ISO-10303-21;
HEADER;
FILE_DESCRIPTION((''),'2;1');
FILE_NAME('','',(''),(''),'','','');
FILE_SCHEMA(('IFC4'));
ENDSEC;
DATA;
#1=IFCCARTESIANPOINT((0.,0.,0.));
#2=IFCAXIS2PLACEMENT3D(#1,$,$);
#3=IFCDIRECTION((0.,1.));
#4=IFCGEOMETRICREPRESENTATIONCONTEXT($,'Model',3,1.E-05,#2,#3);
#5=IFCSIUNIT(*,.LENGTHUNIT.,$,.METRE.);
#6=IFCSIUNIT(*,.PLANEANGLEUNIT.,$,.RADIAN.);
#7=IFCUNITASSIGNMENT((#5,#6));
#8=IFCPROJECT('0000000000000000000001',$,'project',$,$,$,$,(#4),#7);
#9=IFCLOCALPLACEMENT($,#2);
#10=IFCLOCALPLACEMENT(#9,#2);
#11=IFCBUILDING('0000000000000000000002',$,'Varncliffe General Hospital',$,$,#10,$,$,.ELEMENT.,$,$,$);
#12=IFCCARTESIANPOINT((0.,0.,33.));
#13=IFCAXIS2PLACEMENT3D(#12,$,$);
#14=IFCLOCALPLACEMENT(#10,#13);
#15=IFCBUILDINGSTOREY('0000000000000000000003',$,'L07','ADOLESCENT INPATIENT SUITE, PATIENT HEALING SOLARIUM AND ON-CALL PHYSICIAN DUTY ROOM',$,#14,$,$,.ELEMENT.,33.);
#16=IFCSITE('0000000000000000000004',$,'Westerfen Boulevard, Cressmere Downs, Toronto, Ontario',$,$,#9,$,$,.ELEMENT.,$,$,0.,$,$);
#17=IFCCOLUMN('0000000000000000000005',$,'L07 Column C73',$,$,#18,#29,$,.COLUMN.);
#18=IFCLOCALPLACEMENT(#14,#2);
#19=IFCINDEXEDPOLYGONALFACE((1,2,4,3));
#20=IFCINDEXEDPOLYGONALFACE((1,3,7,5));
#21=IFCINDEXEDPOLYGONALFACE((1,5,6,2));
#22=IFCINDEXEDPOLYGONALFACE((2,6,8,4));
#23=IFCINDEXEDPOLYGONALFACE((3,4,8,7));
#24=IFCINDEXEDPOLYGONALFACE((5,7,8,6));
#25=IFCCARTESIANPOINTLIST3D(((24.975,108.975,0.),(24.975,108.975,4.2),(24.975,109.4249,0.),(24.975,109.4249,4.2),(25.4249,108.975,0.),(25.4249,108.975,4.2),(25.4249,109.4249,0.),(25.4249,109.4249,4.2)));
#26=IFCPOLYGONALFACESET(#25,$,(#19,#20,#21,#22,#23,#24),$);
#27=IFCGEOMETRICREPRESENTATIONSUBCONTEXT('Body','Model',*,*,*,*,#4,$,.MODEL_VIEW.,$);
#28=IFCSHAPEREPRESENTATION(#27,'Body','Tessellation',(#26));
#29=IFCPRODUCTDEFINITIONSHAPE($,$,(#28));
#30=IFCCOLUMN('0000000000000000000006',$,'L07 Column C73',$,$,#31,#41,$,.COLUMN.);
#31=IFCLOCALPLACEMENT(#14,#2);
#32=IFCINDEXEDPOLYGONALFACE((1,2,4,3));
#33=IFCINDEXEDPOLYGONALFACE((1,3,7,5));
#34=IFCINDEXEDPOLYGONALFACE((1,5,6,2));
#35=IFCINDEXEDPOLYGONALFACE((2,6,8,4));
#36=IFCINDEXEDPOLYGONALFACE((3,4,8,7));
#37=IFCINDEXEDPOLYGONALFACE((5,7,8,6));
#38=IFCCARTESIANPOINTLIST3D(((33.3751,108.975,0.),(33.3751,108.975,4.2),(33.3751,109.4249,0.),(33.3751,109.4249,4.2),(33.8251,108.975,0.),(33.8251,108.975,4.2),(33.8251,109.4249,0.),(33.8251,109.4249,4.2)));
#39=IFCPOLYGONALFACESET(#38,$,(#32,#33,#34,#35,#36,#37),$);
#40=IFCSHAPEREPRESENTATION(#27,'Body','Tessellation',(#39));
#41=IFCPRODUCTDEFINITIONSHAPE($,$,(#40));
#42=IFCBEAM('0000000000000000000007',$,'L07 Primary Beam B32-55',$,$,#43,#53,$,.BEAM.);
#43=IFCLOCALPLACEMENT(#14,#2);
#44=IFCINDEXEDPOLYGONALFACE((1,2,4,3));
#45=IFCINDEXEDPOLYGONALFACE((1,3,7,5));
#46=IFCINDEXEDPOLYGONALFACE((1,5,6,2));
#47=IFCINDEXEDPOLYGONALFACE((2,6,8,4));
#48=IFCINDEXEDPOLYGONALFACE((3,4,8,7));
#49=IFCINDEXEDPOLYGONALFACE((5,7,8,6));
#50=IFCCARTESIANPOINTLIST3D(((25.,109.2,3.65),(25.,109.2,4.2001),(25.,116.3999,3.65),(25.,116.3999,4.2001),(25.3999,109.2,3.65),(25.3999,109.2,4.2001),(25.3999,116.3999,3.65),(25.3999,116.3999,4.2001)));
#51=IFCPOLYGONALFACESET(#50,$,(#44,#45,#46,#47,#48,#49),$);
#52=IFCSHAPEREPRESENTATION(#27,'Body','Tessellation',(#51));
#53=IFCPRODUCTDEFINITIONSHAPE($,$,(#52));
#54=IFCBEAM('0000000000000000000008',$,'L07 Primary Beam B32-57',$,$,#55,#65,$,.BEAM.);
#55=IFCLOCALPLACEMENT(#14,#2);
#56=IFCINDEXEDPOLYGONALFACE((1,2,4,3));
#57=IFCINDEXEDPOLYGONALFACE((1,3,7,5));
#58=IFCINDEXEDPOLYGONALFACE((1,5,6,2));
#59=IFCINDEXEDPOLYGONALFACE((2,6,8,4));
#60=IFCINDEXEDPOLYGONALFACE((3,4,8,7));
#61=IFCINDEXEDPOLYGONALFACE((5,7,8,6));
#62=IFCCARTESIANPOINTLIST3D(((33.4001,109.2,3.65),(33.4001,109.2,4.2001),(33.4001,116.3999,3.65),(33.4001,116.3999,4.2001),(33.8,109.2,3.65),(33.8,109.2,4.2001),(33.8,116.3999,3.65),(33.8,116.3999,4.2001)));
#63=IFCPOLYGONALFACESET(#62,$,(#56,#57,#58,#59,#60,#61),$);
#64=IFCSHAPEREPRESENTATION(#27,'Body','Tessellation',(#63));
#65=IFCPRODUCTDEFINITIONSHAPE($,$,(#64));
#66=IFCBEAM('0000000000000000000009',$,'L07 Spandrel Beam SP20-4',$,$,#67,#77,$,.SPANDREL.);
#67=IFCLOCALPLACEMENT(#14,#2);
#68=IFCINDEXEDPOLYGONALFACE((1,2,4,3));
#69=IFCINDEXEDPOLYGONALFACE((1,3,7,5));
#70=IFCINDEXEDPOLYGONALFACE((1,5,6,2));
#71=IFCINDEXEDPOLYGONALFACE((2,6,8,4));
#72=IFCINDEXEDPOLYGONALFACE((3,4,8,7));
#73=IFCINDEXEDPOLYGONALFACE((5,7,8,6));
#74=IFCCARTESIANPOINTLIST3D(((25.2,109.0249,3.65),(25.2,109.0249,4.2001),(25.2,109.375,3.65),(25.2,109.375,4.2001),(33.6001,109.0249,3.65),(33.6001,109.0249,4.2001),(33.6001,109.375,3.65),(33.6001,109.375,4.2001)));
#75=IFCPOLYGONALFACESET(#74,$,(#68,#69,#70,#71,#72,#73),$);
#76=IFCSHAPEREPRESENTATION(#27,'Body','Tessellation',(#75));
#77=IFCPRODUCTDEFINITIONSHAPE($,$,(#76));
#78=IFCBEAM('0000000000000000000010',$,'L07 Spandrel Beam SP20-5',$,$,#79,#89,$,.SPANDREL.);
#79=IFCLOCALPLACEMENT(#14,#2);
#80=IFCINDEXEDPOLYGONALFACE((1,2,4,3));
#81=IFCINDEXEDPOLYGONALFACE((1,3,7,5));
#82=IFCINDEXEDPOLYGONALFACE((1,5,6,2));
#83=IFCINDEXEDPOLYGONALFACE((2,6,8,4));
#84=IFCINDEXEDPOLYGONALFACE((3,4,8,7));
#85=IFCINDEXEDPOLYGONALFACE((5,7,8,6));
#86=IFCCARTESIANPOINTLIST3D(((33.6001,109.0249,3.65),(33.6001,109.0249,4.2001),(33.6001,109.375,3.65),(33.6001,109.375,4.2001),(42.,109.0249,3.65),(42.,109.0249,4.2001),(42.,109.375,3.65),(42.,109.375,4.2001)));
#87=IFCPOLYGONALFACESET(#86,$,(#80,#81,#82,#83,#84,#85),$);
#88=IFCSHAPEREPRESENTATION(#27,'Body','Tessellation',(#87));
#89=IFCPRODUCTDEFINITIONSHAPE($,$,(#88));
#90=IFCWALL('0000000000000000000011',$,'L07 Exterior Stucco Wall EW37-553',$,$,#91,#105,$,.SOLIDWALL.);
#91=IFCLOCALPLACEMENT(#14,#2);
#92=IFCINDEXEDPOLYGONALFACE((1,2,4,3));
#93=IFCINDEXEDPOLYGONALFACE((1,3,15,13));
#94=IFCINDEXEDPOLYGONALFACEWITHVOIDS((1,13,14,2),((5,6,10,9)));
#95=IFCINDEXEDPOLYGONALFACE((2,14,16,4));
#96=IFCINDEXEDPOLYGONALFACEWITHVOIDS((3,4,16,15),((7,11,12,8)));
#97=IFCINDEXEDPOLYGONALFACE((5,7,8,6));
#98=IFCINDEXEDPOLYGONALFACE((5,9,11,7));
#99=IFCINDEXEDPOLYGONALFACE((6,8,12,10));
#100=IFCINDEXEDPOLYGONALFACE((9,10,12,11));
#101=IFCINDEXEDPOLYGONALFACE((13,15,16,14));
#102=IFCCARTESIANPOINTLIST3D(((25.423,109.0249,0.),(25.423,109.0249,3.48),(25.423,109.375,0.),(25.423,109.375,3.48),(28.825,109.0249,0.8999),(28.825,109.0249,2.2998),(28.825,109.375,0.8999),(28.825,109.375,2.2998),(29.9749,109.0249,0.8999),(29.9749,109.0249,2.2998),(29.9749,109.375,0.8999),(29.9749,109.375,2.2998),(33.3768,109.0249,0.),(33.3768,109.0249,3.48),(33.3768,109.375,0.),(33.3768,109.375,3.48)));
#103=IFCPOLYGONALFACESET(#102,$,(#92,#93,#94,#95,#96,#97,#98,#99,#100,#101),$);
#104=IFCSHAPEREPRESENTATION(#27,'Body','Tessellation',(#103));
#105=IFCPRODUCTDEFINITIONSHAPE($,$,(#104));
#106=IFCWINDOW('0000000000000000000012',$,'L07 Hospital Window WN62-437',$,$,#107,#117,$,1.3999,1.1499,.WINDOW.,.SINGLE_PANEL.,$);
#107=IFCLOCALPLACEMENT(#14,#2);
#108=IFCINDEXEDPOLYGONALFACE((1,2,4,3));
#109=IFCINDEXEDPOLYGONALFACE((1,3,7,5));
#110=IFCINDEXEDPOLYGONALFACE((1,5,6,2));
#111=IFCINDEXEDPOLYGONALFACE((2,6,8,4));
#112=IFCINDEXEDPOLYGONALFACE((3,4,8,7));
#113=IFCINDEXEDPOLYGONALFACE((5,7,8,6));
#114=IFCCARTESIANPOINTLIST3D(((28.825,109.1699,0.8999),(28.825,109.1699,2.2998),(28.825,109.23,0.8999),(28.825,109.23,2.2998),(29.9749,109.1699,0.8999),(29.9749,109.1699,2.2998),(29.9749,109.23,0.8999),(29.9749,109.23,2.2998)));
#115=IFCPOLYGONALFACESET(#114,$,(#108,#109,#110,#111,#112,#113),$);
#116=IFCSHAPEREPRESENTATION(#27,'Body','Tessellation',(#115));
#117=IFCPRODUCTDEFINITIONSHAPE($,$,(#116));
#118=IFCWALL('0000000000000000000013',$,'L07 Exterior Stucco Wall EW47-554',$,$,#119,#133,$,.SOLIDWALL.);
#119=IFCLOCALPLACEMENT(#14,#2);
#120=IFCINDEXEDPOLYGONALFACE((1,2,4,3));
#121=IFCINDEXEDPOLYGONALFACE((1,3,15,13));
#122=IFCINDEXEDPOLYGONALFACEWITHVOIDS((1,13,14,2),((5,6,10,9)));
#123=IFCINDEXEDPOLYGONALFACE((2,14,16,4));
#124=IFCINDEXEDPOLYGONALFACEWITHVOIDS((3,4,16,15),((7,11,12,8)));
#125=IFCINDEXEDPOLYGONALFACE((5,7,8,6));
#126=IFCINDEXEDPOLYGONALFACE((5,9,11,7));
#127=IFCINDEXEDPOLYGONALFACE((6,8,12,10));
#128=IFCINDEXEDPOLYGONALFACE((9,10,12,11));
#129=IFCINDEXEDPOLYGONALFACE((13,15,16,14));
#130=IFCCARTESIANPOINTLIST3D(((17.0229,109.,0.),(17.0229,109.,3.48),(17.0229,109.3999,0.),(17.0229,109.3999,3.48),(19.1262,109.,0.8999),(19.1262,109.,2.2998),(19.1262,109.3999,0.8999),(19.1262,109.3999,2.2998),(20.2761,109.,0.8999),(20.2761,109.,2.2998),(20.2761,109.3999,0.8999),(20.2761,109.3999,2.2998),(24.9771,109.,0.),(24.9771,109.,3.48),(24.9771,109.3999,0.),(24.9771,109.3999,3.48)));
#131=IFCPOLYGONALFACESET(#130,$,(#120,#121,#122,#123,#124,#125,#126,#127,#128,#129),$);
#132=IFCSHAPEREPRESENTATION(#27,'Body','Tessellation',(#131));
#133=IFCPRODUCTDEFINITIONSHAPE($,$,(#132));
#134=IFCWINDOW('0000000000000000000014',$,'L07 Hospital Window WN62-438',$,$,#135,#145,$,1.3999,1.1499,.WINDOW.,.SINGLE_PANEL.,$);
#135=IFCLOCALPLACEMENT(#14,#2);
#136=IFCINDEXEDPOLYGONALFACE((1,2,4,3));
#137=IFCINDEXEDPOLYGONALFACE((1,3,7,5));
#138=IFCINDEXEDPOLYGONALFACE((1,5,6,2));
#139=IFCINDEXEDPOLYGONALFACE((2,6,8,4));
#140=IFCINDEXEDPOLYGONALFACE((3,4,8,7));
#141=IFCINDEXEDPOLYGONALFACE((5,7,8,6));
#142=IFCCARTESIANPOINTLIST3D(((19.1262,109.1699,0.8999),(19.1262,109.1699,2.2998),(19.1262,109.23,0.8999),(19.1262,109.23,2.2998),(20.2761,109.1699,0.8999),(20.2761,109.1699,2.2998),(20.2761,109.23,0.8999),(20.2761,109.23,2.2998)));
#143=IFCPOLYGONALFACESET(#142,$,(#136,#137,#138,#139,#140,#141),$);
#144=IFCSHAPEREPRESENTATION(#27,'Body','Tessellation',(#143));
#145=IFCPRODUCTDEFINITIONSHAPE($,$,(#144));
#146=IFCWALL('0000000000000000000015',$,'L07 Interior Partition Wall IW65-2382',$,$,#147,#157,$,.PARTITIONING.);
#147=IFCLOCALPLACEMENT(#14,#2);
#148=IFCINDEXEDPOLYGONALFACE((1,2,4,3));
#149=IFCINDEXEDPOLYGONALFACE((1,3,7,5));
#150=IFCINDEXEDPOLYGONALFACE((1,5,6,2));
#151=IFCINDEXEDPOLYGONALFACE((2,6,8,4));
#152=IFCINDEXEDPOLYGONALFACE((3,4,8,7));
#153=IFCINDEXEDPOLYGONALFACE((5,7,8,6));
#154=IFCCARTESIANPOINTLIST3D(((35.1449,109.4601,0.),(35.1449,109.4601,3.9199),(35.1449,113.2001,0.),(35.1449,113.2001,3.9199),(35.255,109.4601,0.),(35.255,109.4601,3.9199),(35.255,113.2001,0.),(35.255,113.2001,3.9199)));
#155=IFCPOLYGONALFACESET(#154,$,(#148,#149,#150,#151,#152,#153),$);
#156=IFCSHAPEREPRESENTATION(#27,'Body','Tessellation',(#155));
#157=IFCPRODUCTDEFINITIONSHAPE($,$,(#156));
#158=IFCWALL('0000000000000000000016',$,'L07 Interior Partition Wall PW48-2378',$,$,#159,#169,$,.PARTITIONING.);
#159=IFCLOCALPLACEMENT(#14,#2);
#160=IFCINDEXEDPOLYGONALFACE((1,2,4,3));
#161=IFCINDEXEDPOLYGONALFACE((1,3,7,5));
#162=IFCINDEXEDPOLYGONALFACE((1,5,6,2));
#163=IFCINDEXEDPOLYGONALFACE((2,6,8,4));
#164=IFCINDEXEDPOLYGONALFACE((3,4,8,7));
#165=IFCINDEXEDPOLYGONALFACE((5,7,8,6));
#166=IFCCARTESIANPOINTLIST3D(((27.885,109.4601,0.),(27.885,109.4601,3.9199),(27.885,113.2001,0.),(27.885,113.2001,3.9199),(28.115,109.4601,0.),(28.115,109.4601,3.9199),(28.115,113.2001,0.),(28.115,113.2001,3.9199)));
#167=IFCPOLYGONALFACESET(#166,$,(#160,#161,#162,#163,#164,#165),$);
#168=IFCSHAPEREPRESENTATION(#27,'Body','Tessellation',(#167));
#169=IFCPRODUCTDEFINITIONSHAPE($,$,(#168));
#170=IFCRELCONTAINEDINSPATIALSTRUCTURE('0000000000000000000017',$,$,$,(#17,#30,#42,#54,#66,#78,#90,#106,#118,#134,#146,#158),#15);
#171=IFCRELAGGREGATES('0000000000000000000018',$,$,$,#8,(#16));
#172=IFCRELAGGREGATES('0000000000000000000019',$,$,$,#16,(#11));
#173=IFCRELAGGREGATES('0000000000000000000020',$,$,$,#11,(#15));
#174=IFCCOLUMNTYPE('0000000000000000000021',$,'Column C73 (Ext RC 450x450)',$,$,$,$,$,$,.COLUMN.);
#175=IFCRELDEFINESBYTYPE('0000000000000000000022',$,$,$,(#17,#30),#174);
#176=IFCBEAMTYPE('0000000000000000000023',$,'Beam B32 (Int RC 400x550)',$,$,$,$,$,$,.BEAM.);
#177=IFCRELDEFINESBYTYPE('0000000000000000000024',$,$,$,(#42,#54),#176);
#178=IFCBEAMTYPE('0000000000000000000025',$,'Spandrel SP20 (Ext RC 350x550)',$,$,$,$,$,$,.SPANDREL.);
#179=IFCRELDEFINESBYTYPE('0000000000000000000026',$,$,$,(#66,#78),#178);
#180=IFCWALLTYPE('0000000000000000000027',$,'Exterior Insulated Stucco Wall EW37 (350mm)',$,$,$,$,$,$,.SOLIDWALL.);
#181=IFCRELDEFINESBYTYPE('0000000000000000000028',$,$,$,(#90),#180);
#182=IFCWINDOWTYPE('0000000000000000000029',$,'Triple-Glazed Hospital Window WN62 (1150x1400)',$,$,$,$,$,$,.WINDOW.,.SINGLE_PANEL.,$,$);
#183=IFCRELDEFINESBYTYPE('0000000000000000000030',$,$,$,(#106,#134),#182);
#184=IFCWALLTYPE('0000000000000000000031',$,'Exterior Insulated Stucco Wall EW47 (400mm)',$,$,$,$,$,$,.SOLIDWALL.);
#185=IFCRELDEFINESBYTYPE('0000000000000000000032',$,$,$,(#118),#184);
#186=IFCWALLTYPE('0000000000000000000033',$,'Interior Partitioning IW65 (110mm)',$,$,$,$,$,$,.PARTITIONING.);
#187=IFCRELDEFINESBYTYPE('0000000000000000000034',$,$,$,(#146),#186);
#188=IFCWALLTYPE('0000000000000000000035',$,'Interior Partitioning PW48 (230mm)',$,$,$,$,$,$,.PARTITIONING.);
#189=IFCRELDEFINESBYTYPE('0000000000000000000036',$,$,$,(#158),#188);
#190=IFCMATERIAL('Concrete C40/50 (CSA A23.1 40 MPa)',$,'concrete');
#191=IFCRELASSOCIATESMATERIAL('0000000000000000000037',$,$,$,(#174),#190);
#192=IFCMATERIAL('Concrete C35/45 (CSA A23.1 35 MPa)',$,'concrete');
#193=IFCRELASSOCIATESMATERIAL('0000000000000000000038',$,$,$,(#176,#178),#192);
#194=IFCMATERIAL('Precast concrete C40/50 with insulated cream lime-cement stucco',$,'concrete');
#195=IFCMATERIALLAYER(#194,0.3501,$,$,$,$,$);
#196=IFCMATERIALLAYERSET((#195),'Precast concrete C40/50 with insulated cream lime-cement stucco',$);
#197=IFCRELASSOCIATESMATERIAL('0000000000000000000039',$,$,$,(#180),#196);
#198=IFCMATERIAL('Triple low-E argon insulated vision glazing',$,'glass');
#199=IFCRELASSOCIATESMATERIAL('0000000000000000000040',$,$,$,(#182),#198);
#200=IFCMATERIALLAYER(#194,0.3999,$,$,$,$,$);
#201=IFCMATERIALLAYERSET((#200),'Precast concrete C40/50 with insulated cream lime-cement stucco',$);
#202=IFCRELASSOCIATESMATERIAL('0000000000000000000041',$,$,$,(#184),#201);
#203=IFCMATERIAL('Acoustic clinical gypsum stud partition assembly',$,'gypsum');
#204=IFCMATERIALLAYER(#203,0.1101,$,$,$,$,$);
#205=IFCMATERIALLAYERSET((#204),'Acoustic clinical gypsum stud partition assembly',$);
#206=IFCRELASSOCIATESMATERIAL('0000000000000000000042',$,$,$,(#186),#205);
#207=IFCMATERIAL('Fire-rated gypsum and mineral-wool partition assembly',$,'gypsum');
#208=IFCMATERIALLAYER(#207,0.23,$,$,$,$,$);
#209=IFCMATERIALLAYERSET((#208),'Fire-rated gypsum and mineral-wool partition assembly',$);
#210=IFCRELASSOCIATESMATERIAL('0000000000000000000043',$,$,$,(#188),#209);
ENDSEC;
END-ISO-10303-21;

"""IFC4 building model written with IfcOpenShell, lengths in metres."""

from ifc_helpers import new_model, si_unit, direction, frame, frame_2d, origin, origin_2d, place, context, subcontext, project, spatial, rectangle, extrude, material, layer, layer_set, material_profile, profile_set, type_object, element, fill, save


model = new_model("IFC4")

# Units and contexts
model_context = context("Model", 3, precision=1e-05, world=origin(), true_north=direction((0.0, 1.0)))
body_context = subcontext(model_context, "Body", "Model", "MODEL_VIEW")
ifc_project = project(units=[si_unit("LENGTHUNIT", "METRE"), si_unit("PLANEANGLEUNIT", "RADIAN")], contexts=[model_context])

# Site, building, storey
site_placement = place(None, origin())
site = spatial("IfcSite", under=ifc_project, at=site_placement, Name="Westerfen Boulevard, Cressmere Downs, Toronto, Ontario", CompositionType="ELEMENT", RefElevation=0.0)
building_placement = place(site_placement, origin())
building = spatial("IfcBuilding", under=site, at=building_placement, Name="Varncliffe General Hospital", CompositionType="ELEMENT")
storey_placement = place(building_placement, frame((0.0, 0.0, 33.0)))
storey = spatial("IfcBuildingStorey", under=building, at=storey_placement, Name="L07", Description="ADOLESCENT INPATIENT SUITE, PATIENT HEALING SOLARIUM AND ON-CALL PHYSICIAN DUTY ROOM", CompositionType="ELEMENT", Elevation=33.0)

# Columns
ifc_material_1 = material(Name="Concrete C40/50 (CSA A23.1 40 MPa)", Category="concrete")
ifc_material_profile_1 = material_profile(ifc_material_1, rectangle(XDim=0.45, YDim=0.45, at=origin_2d()), Name="RC 450x450")
ifc_profile_set_1 = profile_set([ifc_material_profile_1], Name="Concrete C40/50 (CSA A23.1 40 MPa)")
column_type = type_object("IfcColumnType", Name="Column C73 (Ext RC 450x450)", PredefinedType="COLUMN", material=ifc_profile_set_1)
for number, where, z_axis, x_axis, name in (
    (1, (25.2, 109.2, 0.0), (0.0, 0.0, 1.0), (1.0, 0.0, 0.0), "L07 Column C73"),
    (2, (33.6001, 109.2, 0.0), (0.0, 0.0, 1.0), (1.0, 0.0, 0.0), "L07 Column C73"),
):
    element("IfcColumn", number, at=place(storey_placement, frame(where, z_axis=z_axis, x_axis=x_axis)), inside=storey, type_object=column_type, Name=name, PredefinedType="COLUMN", context=body_context, shape_type="SweptSolid", body=[
        extrude(rectangle(XDim=0.45, YDim=0.45, at=origin_2d()), origin(), (0.0, 0.0, 1.0), 4.2),
    ])

# Beams
ifc_material_2 = material(Name="Concrete C35/45 (CSA A23.1 35 MPa)", Category="concrete")
ifc_material_profile_2 = material_profile(ifc_material_2, rectangle(XDim=0.3999, YDim=0.55, at=origin_2d()), Name="RC 400x550")
ifc_profile_set_2 = profile_set([ifc_material_profile_2], Name="Concrete C35/45 (CSA A23.1 35 MPa)")
beam_type_1 = type_object("IfcBeamType", Name="Beam B32 (Int RC 400x550)", PredefinedType="BEAM", material=ifc_profile_set_2)
for number, where, z_axis, x_axis, name in (
    (3, (25.2, 109.2, 3.925), (0.0, 1.0, 0.0), (-1.0, 0.0, 0.0), "L07 Primary Beam B32-55"),
    (4, (33.6001, 109.2, 3.925), (0.0, 1.0, 0.0), (-1.0, 0.0, 0.0), "L07 Primary Beam B32-57"),
):
    element("IfcBeam", number, at=place(storey_placement, frame(where, z_axis=z_axis, x_axis=x_axis)), inside=storey, type_object=beam_type_1, Name=name, PredefinedType="BEAM", context=body_context, shape_type="SweptSolid", body=[
        extrude(rectangle(XDim=0.3999, YDim=0.55, at=origin_2d()), origin(), (0.0, 0.0, 1.0), 7.2),
    ])
ifc_material_profile_3 = material_profile(ifc_material_2, rectangle(XDim=0.3501, YDim=0.55, at=origin_2d()), Name="RC 350x550")
ifc_profile_set_3 = profile_set([ifc_material_profile_3], Name="Concrete C35/45 (CSA A23.1 35 MPa)")
beam_type_2 = type_object("IfcBeamType", Name="Spandrel SP20 (Ext RC 350x550)", PredefinedType="SPANDREL", material=ifc_profile_set_3)
beam_1_placement = place(storey_placement, frame((25.2, 109.2, 3.925), z_axis=(1.0, 0.0, 0.0), x_axis=(0.0, 1.0, 0.0)))
element("IfcBeam", 5, at=beam_1_placement, inside=storey, type_object=beam_type_2, Name="L07 Spandrel Beam SP20-4", PredefinedType="SPANDREL", context=body_context, shape_type="SweptSolid", body=[
    extrude(rectangle(XDim=0.3501, YDim=0.55, at=origin_2d()), origin(), (0.0, 0.0, 1.0), 8.4001),
])
beam_2_placement = place(storey_placement, frame((33.6001, 109.2, 3.925), z_axis=(1.0, 0.0, 0.0), x_axis=(0.0, 1.0, 0.0)))
element("IfcBeam", 6, at=beam_2_placement, inside=storey, type_object=beam_type_2, Name="L07 Spandrel Beam SP20-5", PredefinedType="SPANDREL", context=body_context, shape_type="SweptSolid", body=[
    extrude(rectangle(XDim=0.3501, YDim=0.55, at=origin_2d()), origin(), (0.0, 0.0, 1.0), 8.3999),
])

# Walls, openings, windows
ifc_material_3 = material(Name="Precast concrete C40/50 with insulated cream lime-cement stucco", Category="concrete")
ifc_layer_1 = layer(ifc_material_3, 0.3501)
ifc_layer_set_1 = layer_set([ifc_layer_1], Name="Precast concrete C40/50 with insulated cream lime-cement stucco")
wall_type_1 = type_object("IfcWallType", Name="Exterior Insulated Stucco Wall EW37 (350mm)", PredefinedType="SOLIDWALL", material=ifc_layer_set_1)
wall_1_placement = place(storey_placement, frame((33.377, 109.2, 0.0), z_axis=(0.0, 0.0, 1.0), x_axis=(-1.0, 0.0, 0.0)))
wall_1 = element("IfcWall", 7, at=wall_1_placement, inside=storey, type_object=wall_type_1, Name="L07 Exterior Stucco Wall EW37-553", PredefinedType="SOLIDWALL", context=body_context, shape_type="SweptSolid", body=[
    extrude(rectangle(XDim=7.9539, YDim=0.3501, at=frame_2d((3.9771, 0.0))), origin(), (0.0, 0.0, 1.0), 3.48),
])
opening_1_placement = place(wall_1_placement, frame((3.4021, 0.0, 0.8999)))
opening_1 = element("IfcOpeningElement", 8, at=opening_1_placement, cuts=wall_1, PredefinedType="OPENING", context=body_context, shape_type="SweptSolid", body=[
    extrude(rectangle(XDim=1.1499, YDim=1.3999, at=frame_2d((0.575, 0.7))), frame((0.0, 0.1851, 0.0), z_axis=(0.0, -1.0, 0.0), x_axis=(1.0, 0.0, 0.0)), (0.0, 0.0, 1.0), 0.3701),
])
ifc_material_4 = material(Name="Triple low-E argon insulated vision glazing", Category="glass")
window_type = type_object("IfcWindowType", Name="Triple-Glazed Hospital Window WN62 (1150x1400)", PartitioningType="SINGLE_PANEL", PredefinedType="WINDOW", material=ifc_material_4)
window_1_placement = place(opening_1_placement, origin())
window_1 = element("IfcWindow", 9, at=window_1_placement, inside=storey, type_object=window_type, Name="L07 Hospital Window WN62-437", OverallHeight=1.3999, OverallWidth=1.1499, PartitioningType="SINGLE_PANEL", PredefinedType="WINDOW", context=body_context, shape_type="SweptSolid", body=[
    extrude(rectangle(XDim=1.1499, YDim=1.3999, at=frame_2d((0.575, 0.7))), frame((0.0, 0.03, 0.0), z_axis=(0.0, -1.0, 0.0), x_axis=(1.0, 0.0, 0.0)), (0.0, 0.0, 1.0), 0.0601),
])
fill(opening_1, window_1)
ifc_layer_2 = layer(ifc_material_3, 0.3999)
ifc_layer_set_2 = layer_set([ifc_layer_2], Name="Precast concrete C40/50 with insulated cream lime-cement stucco")
wall_type_2 = type_object("IfcWallType", Name="Exterior Insulated Stucco Wall EW47 (400mm)", PredefinedType="SOLIDWALL", material=ifc_layer_set_2)
wall_2_placement = place(storey_placement, frame((24.9771, 109.2, 0.0), z_axis=(0.0, 0.0, 1.0), x_axis=(-1.0, 0.0, 0.0)))
wall_2 = element("IfcWall", 10, at=wall_2_placement, inside=storey, type_object=wall_type_2, Name="L07 Exterior Stucco Wall EW47-554", PredefinedType="SOLIDWALL", context=body_context, shape_type="SweptSolid", body=[
    extrude(rectangle(XDim=7.9541, YDim=0.3999, at=frame_2d((3.9771, 0.0))), origin(), (0.0, 0.0, 1.0), 3.48),
])
opening_2_placement = place(wall_2_placement, frame((4.7009, 0.0, 0.8999)))
opening_2 = element("IfcOpeningElement", 11, at=opening_2_placement, cuts=wall_2, PredefinedType="OPENING", context=body_context, shape_type="SweptSolid", body=[
    extrude(rectangle(XDim=1.1499, YDim=1.3999, at=frame_2d((0.575, 0.7))), frame((0.0, 0.21, 0.0), z_axis=(0.0, -1.0, 0.0), x_axis=(1.0, 0.0, 0.0)), (0.0, 0.0, 1.0), 0.4199),
])
window_2_placement = place(opening_2_placement, origin())
window_2 = element("IfcWindow", 12, at=window_2_placement, inside=storey, type_object=window_type, Name="L07 Hospital Window WN62-438", OverallHeight=1.3999, OverallWidth=1.1499, PartitioningType="SINGLE_PANEL", PredefinedType="WINDOW", context=body_context, shape_type="SweptSolid", body=[
    extrude(rectangle(XDim=1.1499, YDim=1.3999, at=frame_2d((0.575, 0.7))), frame((0.0, 0.03, 0.0), z_axis=(0.0, -1.0, 0.0), x_axis=(1.0, 0.0, 0.0)), (0.0, 0.0, 1.0), 0.0601),
])
fill(opening_2, window_2)

# Walls
ifc_material_5 = material(Name="Acoustic clinical gypsum stud partition assembly", Category="gypsum")
ifc_layer_3 = layer(ifc_material_5, 0.1101)
ifc_layer_set_3 = layer_set([ifc_layer_3], Name="Acoustic clinical gypsum stud partition assembly")
wall_type_3 = type_object("IfcWallType", Name="Interior Partitioning IW65 (110mm)", PredefinedType="PARTITIONING", material=ifc_layer_set_3)
wall_3_placement = place(storey_placement, frame((35.2, 109.46, 0.0), z_axis=(0.0, 0.0, 1.0), x_axis=(0.0, 1.0, 0.0)))
element("IfcWall", 13, at=wall_3_placement, inside=storey, type_object=wall_type_3, Name="L07 Interior Partition Wall IW65-2382", PredefinedType="PARTITIONING", context=body_context, shape_type="SweptSolid", body=[
    extrude(rectangle(XDim=3.74, YDim=0.1101, at=frame_2d((1.8701, 0.0))), origin(), (0.0, 0.0, 1.0), 3.9199),
])
ifc_material_6 = material(Name="Fire-rated gypsum and mineral-wool partition assembly", Category="gypsum")
ifc_layer_4 = layer(ifc_material_6, 0.23)
ifc_layer_set_4 = layer_set([ifc_layer_4], Name="Fire-rated gypsum and mineral-wool partition assembly")
wall_type_4 = type_object("IfcWallType", Name="Interior Partitioning PW48 (230mm)", PredefinedType="PARTITIONING", material=ifc_layer_set_4)
wall_4_placement = place(storey_placement, frame((28.0, 109.46, 0.0), z_axis=(0.0, 0.0, 1.0), x_axis=(0.0, 1.0, 0.0)))
element("IfcWall", 14, at=wall_4_placement, inside=storey, type_object=wall_type_4, Name="L07 Interior Partition Wall PW48-2378", PredefinedType="PARTITIONING", context=body_context, shape_type="SweptSolid", body=[
    extrude(rectangle(XDim=3.74, YDim=0.23, at=frame_2d((1.8701, 0.0))), origin(), (0.0, 0.0, 1.0), 3.9199),
])

save(model, "model.ifc")
